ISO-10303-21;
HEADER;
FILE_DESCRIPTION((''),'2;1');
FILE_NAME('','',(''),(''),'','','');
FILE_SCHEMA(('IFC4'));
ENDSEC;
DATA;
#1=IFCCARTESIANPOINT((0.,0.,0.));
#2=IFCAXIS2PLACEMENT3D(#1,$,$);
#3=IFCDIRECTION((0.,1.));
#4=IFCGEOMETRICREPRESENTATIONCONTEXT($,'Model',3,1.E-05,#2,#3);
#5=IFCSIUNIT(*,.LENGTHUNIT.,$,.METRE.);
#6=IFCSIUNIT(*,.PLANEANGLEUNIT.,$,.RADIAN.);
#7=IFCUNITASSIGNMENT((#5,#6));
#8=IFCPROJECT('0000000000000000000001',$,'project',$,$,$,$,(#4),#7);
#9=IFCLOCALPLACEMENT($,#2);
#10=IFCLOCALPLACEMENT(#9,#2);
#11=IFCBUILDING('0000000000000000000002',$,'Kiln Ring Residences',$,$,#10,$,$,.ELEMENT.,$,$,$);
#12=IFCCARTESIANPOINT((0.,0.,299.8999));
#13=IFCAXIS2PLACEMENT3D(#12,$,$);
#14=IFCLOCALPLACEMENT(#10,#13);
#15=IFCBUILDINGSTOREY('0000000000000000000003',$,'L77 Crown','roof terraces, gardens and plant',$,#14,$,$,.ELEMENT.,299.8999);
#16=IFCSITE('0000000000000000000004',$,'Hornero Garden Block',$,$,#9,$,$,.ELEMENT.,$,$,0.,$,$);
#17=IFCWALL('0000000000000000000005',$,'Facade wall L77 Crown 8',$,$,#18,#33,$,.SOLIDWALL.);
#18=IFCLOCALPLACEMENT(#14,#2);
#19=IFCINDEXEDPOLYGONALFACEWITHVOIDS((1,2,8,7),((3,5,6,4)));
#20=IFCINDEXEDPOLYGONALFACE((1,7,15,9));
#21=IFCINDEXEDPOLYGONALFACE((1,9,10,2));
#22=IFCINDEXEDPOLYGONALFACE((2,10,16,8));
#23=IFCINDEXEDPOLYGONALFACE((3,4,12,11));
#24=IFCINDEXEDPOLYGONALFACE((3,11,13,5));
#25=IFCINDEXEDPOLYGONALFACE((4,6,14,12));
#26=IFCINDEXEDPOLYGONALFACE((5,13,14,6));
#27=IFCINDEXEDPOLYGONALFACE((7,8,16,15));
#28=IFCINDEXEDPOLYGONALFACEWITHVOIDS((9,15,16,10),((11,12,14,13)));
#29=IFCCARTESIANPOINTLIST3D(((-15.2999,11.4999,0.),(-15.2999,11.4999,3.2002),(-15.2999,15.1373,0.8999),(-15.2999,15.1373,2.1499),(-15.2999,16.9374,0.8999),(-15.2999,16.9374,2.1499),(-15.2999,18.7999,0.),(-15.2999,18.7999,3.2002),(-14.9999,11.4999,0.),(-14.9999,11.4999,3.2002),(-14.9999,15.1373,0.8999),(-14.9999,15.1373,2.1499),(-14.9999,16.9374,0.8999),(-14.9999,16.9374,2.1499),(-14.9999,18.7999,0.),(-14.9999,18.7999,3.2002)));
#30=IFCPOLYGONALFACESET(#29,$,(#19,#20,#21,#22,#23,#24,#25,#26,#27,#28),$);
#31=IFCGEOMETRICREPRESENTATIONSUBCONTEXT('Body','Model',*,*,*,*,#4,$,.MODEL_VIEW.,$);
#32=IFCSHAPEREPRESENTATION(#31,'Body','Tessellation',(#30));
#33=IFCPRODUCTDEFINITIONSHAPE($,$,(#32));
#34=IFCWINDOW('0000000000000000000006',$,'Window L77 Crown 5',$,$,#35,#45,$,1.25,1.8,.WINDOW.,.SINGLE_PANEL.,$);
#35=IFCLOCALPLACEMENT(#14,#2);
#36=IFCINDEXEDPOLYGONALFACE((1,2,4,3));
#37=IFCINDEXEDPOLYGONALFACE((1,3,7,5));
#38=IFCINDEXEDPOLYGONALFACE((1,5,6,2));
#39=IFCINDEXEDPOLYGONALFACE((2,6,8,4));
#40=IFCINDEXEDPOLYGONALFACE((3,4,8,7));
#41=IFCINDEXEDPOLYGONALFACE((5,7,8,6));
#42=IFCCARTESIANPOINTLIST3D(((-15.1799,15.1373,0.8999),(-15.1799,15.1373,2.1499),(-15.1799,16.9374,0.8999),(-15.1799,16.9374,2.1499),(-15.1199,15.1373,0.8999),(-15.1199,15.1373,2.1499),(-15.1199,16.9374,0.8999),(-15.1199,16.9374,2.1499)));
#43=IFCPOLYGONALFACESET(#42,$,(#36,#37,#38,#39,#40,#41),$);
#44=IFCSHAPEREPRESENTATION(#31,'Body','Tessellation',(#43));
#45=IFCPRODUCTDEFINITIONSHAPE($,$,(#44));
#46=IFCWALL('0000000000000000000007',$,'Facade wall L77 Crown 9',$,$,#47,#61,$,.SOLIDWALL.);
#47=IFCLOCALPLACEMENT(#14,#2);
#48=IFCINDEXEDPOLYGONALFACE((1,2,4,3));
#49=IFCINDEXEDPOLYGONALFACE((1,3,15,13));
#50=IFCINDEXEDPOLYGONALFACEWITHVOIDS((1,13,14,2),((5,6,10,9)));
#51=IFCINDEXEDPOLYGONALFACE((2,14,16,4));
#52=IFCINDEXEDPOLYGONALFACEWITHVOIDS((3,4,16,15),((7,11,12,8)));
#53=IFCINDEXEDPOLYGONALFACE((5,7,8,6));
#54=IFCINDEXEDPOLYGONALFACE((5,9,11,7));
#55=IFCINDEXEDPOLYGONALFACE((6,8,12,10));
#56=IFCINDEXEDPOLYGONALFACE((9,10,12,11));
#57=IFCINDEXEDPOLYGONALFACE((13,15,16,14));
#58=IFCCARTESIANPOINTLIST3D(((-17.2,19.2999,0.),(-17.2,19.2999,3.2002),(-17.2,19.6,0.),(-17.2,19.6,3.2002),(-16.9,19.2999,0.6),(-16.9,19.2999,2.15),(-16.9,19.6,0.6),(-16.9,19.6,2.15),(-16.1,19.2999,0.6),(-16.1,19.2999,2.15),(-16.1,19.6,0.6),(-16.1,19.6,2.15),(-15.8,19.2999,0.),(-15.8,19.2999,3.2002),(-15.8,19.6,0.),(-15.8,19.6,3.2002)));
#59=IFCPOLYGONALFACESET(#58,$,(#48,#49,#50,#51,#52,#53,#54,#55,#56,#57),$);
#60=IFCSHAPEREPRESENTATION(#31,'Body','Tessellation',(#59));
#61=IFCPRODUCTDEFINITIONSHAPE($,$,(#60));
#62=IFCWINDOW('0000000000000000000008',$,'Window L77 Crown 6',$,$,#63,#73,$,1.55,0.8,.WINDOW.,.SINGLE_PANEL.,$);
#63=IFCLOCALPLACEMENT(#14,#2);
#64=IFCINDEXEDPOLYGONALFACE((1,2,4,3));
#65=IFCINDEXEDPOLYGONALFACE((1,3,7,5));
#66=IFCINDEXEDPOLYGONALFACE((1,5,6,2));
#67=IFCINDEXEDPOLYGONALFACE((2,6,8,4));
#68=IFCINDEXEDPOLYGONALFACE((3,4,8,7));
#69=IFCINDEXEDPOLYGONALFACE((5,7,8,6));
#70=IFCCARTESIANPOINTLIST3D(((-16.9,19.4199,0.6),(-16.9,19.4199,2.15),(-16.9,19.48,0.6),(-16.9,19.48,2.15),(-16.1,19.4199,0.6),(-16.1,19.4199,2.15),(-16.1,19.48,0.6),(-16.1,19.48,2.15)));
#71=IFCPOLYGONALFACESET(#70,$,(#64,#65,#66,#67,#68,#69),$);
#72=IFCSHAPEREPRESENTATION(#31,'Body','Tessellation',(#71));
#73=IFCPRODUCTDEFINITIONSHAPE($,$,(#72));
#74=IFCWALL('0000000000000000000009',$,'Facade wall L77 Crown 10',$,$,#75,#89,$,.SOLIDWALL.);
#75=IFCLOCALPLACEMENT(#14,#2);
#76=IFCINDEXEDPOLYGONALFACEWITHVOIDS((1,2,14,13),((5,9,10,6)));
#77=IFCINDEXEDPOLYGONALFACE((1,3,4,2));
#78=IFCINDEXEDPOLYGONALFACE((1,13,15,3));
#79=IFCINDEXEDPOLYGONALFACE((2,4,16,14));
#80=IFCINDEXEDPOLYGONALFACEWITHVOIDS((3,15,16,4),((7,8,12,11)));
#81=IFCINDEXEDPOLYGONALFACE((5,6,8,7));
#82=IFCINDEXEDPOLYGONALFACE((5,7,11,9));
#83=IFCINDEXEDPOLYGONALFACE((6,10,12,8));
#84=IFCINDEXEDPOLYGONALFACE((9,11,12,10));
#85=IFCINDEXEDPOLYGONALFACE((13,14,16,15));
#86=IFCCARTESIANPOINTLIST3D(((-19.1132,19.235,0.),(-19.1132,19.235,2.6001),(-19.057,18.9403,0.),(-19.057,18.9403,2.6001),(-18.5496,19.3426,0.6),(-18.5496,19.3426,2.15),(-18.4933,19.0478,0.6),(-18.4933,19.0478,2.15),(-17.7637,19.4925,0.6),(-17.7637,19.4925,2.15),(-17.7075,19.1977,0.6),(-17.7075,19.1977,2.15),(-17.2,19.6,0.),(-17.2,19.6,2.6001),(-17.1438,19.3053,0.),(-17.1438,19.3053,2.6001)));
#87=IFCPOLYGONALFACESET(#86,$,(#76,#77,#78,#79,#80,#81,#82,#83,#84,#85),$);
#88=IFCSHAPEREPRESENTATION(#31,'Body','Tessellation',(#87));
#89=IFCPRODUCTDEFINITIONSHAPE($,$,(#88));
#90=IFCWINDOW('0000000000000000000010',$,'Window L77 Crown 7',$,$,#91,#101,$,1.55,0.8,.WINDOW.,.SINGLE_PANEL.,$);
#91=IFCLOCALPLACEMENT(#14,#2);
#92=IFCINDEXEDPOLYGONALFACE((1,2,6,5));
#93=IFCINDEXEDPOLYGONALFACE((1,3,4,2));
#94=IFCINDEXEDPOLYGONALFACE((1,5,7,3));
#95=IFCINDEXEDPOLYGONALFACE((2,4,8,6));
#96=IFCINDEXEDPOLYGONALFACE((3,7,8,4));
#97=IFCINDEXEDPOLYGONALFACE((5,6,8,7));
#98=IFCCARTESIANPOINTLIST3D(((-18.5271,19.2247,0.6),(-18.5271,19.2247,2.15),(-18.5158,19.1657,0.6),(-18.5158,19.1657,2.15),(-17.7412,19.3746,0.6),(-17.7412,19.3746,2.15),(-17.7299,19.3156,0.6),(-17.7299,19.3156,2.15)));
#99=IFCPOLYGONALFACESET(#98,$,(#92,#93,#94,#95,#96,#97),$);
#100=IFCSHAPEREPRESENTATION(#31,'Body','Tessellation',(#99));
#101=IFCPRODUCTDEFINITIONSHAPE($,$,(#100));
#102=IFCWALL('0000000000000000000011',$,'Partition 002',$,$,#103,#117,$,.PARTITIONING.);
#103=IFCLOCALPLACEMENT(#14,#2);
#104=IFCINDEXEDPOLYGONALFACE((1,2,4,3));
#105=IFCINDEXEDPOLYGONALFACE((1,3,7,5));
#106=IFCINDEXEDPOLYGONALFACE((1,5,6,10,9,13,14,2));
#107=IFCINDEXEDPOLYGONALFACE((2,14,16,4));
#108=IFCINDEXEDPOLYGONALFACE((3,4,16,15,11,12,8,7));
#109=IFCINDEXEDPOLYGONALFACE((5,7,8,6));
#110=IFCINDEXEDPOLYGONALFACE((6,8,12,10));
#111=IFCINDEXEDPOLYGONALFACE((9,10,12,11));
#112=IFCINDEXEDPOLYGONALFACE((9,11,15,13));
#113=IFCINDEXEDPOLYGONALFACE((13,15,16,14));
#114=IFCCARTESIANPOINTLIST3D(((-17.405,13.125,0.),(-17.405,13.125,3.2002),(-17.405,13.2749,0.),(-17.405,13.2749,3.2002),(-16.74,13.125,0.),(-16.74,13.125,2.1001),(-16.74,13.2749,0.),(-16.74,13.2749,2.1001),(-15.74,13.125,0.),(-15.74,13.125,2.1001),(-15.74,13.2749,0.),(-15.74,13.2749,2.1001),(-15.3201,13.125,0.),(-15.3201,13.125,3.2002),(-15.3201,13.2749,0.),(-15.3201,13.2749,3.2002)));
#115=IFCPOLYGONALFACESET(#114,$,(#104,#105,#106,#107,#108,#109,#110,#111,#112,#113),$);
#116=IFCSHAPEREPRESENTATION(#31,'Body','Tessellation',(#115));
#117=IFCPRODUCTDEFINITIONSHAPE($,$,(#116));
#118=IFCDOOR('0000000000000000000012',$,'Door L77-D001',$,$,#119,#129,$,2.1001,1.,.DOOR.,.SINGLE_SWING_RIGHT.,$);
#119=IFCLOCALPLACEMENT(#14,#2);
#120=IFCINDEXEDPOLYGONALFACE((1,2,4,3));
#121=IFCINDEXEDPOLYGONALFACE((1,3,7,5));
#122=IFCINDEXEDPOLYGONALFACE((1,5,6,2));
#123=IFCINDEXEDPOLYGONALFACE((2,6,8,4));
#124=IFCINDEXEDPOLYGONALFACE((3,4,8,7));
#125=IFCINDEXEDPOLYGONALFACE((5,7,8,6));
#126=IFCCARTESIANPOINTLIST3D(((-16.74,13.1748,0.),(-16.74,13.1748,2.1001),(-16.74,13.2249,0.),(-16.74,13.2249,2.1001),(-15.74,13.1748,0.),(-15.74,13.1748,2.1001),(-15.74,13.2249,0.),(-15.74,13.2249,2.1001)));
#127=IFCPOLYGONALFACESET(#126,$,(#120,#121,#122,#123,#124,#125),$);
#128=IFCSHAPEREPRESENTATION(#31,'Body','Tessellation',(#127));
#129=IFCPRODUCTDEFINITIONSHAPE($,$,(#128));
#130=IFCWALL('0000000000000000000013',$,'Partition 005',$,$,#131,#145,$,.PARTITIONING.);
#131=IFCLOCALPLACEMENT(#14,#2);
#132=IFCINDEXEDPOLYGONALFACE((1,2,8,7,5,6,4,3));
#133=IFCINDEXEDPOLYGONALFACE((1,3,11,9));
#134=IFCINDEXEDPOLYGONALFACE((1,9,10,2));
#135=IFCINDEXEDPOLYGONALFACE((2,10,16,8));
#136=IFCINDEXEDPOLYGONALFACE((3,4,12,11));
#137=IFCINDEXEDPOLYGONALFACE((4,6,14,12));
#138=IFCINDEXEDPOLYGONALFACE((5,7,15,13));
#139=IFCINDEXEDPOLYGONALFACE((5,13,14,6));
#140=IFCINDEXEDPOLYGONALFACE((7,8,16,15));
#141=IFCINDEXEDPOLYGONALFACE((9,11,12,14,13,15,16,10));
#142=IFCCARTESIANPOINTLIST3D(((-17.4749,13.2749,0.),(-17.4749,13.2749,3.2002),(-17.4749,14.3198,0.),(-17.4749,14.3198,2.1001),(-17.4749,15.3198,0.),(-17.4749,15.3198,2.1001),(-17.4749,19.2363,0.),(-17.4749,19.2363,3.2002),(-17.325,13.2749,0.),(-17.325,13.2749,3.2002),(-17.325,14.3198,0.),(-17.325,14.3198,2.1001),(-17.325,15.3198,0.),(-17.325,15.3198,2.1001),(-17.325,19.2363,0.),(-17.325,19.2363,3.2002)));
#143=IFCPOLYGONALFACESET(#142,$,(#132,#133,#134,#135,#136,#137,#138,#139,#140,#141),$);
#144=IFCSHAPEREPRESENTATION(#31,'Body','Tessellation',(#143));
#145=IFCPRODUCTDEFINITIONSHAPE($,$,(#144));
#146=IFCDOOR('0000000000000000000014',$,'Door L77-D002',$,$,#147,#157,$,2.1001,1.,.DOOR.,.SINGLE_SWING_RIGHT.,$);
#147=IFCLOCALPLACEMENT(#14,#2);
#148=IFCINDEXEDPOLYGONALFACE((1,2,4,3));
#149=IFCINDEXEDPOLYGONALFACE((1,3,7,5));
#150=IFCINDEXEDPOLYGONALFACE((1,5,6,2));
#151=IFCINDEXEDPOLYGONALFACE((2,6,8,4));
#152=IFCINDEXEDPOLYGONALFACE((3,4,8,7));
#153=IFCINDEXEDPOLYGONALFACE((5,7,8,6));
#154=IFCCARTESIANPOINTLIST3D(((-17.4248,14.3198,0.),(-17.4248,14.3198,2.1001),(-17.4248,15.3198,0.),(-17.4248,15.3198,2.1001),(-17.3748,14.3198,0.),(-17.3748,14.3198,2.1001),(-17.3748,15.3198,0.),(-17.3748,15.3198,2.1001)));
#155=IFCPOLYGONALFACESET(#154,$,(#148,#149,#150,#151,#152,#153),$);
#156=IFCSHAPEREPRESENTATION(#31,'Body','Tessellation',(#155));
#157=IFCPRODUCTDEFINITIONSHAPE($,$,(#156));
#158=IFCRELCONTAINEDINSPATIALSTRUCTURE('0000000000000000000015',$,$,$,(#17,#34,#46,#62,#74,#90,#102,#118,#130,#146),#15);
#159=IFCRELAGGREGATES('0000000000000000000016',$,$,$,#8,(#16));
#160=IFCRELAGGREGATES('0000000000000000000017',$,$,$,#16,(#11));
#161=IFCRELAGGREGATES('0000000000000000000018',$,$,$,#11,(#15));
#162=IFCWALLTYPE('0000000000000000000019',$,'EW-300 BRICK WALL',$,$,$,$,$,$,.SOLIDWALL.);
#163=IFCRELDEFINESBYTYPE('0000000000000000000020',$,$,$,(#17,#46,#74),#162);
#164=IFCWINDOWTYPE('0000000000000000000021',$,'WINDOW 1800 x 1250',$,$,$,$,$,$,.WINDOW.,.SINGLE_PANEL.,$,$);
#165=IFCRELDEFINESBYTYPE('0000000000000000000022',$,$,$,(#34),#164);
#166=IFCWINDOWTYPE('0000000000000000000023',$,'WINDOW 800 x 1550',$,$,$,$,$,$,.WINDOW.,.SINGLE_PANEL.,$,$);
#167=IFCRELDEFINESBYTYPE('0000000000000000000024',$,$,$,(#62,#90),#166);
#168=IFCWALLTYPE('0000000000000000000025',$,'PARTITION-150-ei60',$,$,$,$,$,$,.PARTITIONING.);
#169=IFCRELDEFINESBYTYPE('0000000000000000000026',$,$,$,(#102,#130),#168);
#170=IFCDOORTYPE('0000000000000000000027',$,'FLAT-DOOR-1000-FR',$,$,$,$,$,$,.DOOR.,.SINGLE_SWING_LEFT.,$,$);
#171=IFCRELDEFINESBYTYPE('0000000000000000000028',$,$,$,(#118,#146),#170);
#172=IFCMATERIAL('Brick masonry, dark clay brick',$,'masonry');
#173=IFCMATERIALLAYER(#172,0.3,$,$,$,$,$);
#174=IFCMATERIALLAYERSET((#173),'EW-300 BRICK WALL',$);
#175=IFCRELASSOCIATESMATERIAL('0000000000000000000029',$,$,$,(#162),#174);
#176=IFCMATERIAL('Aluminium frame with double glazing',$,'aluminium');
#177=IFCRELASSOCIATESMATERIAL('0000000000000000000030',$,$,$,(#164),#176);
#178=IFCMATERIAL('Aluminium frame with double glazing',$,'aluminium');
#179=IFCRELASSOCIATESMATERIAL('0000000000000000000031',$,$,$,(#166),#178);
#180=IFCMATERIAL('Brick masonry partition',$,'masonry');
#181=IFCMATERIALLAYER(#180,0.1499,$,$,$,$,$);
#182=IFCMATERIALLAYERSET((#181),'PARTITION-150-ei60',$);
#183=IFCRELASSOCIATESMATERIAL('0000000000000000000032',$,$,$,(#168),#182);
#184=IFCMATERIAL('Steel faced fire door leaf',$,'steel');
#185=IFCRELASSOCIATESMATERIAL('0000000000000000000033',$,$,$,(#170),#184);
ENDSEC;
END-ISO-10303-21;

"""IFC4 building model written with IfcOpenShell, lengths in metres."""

from ifc_helpers import new_model, si_unit, direction, frame, frame_2d, origin, place, context, subcontext, project, spatial, rectangle, extrude, material, layer, layer_set, type_object, element, fill, save


model = new_model("IFC4")

# Units and contexts
model_context = context("Model", 3, precision=1e-05, world=origin(), true_north=direction((0.0, 1.0)))
body_context = subcontext(model_context, "Body", "Model", "MODEL_VIEW")
ifc_project = project(units=[si_unit("LENGTHUNIT", "METRE"), si_unit("PLANEANGLEUNIT", "RADIAN")], contexts=[model_context])

# Site, building, storey
site_placement = place(None, origin())
site = spatial("IfcSite", under=ifc_project, at=site_placement, Name="Hornero Garden Block", CompositionType="ELEMENT", RefElevation=0.0)
building_placement = place(site_placement, origin())
building = spatial("IfcBuilding", under=site, at=building_placement, Name="Kiln Ring Residences", CompositionType="ELEMENT")
storey_placement = place(building_placement, frame((0.0, 0.0, 299.8999)))
storey = spatial("IfcBuildingStorey", under=building, at=storey_placement, Name="L77 Crown", Description="roof terraces, gardens and plant", CompositionType="ELEMENT", Elevation=299.8999)

# Shared definitions
ifc_material_1 = material(Name="Brick masonry, dark clay brick", Category="masonry")
ifc_layer_1 = layer(ifc_material_1, 0.3)
ifc_layer_set_1 = layer_set([ifc_layer_1], Name="EW-300 BRICK WALL")
wall_type_1 = type_object("IfcWallType", Name="EW-300 BRICK WALL", PredefinedType="SOLIDWALL", material=ifc_layer_set_1)

# Walls, openings, windows
wall_1_placement = place(storey_placement, frame((-15.1499, 11.5, 0.0), z_axis=(0.0, 0.0, 1.0), x_axis=(0.0, 1.0, 0.0)))
wall_1 = element("IfcWall", 1, at=wall_1_placement, inside=storey, type_object=wall_type_1, Name="Facade wall L77 Crown 8", PredefinedType="SOLIDWALL", context=body_context, shape_type="SweptSolid", body=[
    extrude(rectangle(XDim=7.3, YDim=0.3, at=frame_2d((3.6499, 0.0))), origin(), (0.0, 0.0, 1.0), 3.2002),
])
opening_1_placement = place(wall_1_placement, frame((3.6375, 0.0, 0.8999)))
opening_1 = element("IfcOpeningElement", 2, at=opening_1_placement, cuts=wall_1, PredefinedType="OPENING", context=body_context, shape_type="SweptSolid", body=[
    extrude(rectangle(XDim=1.8, YDim=1.25, at=frame_2d((0.8999, 0.625))), frame((0.0, 0.1599, 0.0), z_axis=(0.0, -1.0, 0.0), x_axis=(1.0, 0.0, 0.0)), (0.0, 0.0, 1.0), 0.3201),
])
ifc_material_2 = material(Name="Aluminium frame with double glazing", Category="aluminium")
window_type_1 = type_object("IfcWindowType", Name="WINDOW 1800 x 1250", PartitioningType="SINGLE_PANEL", PredefinedType="WINDOW", material=ifc_material_2)
window_1_placement = place(opening_1_placement, origin())
window_1 = element("IfcWindow", 3, at=window_1_placement, inside=storey, type_object=window_type_1, Name="Window L77 Crown 5", OverallHeight=1.25, OverallWidth=1.8, PartitioningType="SINGLE_PANEL", PredefinedType="WINDOW", context=body_context, shape_type="SweptSolid", body=[
    extrude(rectangle(XDim=1.8, YDim=1.25, at=frame_2d((0.8999, 0.625))), frame((0.0, 0.03, 0.0), z_axis=(0.0, -1.0, 0.0), x_axis=(1.0, 0.0, 0.0)), (0.0, 0.0, 1.0), 0.0601),
])
fill(opening_1, window_1)
wall_2_placement = place(storey_placement, frame((-15.8, 19.45, 0.0), z_axis=(0.0, 0.0, 1.0), x_axis=(-1.0, 0.0, 0.0)))
wall_2 = element("IfcWall", 4, at=wall_2_placement, inside=storey, type_object=wall_type_1, Name="Facade wall L77 Crown 9", PredefinedType="SOLIDWALL", context=body_context, shape_type="SweptSolid", body=[
    extrude(rectangle(XDim=1.3999, YDim=0.3, at=frame_2d((0.7, 0.0))), origin(), (0.0, 0.0, 1.0), 3.2002),
])
opening_2_placement = place(wall_2_placement, frame((0.3, 0.0, 0.6001)))
opening_2 = element("IfcOpeningElement", 5, at=opening_2_placement, cuts=wall_2, PredefinedType="OPENING", context=body_context, shape_type="SweptSolid", body=[
    extrude(rectangle(XDim=0.8, YDim=1.55, at=frame_2d((0.3999, 0.7749))), frame((0.0, 0.1599, 0.0), z_axis=(0.0, -1.0, 0.0), x_axis=(1.0, 0.0, 0.0)), (0.0, 0.0, 1.0), 0.3201),
])
ifc_material_3 = material(Name="Aluminium frame with double glazing", Category="aluminium")
window_type_2 = type_object("IfcWindowType", Name="WINDOW 800 x 1550", PartitioningType="SINGLE_PANEL", PredefinedType="WINDOW", material=ifc_material_3)
window_2_placement = place(opening_2_placement, origin())
window_2 = element("IfcWindow", 6, at=window_2_placement, inside=storey, type_object=window_type_2, Name="Window L77 Crown 6", OverallHeight=1.55, OverallWidth=0.8, PartitioningType="SINGLE_PANEL", PredefinedType="WINDOW", context=body_context, shape_type="SweptSolid", body=[
    extrude(rectangle(XDim=0.8, YDim=1.55, at=frame_2d((0.3999, 0.7749))), frame((0.0, 0.03, 0.0), z_axis=(0.0, -1.0, 0.0), x_axis=(1.0, 0.0, 0.0)), (0.0, 0.0, 1.0), 0.0601),
])
fill(opening_2, window_2)
wall_3_placement = place(storey_placement, frame((-17.1719, 19.4526, 0.0), z_axis=(0.0, 0.0, 1.0), x_axis=(-0.982287, -0.187383, 0.0)))
wall_3 = element("IfcWall", 7, at=wall_3_placement, inside=storey, type_object=wall_type_1, Name="Facade wall L77 Crown 10", PredefinedType="SOLIDWALL", context=body_context, shape_type="SweptSolid", body=[
    extrude(rectangle(XDim=1.9478, YDim=0.3, at=frame_2d((0.9739, 0.0))), origin(), (0.0, 0.0, 1.0), 2.6001),
])
opening_3_placement = place(wall_3_placement, frame((0.574, 0.0, 0.6001)))
opening_3 = element("IfcOpeningElement", 8, at=opening_3_placement, cuts=wall_3, PredefinedType="OPENING", context=body_context, shape_type="SweptSolid", body=[
    extrude(rectangle(XDim=0.8, YDim=1.55, at=frame_2d((0.3999, 0.7749))), frame((0.0, 0.1599, 0.0), z_axis=(0.0, -1.0, 0.0), x_axis=(1.0, 0.0, 0.0)), (0.0, 0.0, 1.0), 0.3201),
])
window_3_placement = place(opening_3_placement, origin())
window_3 = element("IfcWindow", 9, at=window_3_placement, inside=storey, type_object=window_type_2, Name="Window L77 Crown 7", OverallHeight=1.55, OverallWidth=0.8, PartitioningType="SINGLE_PANEL", PredefinedType="WINDOW", context=body_context, shape_type="SweptSolid", body=[
    extrude(rectangle(XDim=0.8, YDim=1.55, at=frame_2d((0.3999, 0.7749))), frame((0.0, 0.03, 0.0), z_axis=(0.0, -1.0, 0.0), x_axis=(1.0, 0.0, 0.0)), (0.0, 0.0, 1.0), 0.0601),
])
fill(opening_3, window_3)

# Walls, openings, doors
ifc_material_4 = material(Name="Brick masonry partition", Category="masonry")
ifc_layer_2 = layer(ifc_material_4, 0.1499)
ifc_layer_set_2 = layer_set([ifc_layer_2], Name="PARTITION-150-ei60")
wall_type_2 = type_object("IfcWallType", Name="PARTITION-150-ei60", PredefinedType="PARTITIONING", material=ifc_layer_set_2)
wall_4_placement = place(storey_placement, frame((-17.405, 13.2, 0.0), z_axis=(0.0, 0.0, 1.0), x_axis=(1.0, 0.0, 0.0)))
wall_4 = element("IfcWall", 10, at=wall_4_placement, inside=storey, type_object=wall_type_2, Name="Partition 002", PredefinedType="PARTITIONING", context=body_context, shape_type="SweptSolid", body=[
    extrude(rectangle(XDim=2.085, YDim=0.1499, at=frame_2d((1.0425, 0.0))), origin(), (0.0, 0.0, 1.0), 3.2002),
])
opening_4_placement = place(wall_4_placement, frame((0.665, 0.0, 0.0)))
opening_4 = element("IfcOpeningElement", 11, at=opening_4_placement, cuts=wall_4, PredefinedType="OPENING", context=body_context, shape_type="SweptSolid", body=[
    extrude(rectangle(XDim=1.0, YDim=2.1001, at=frame_2d((0.5, 1.05))), frame((0.0, 0.085, 0.0), z_axis=(0.0, -1.0, 0.0), x_axis=(1.0, 0.0, 0.0)), (0.0, 0.0, 1.0), 0.1699),
])
ifc_material_5 = material(Name="Steel faced fire door leaf", Category="steel")
door_type_1 = type_object("IfcDoorType", Name="FLAT-DOOR-1000-FR", OperationType="SINGLE_SWING_LEFT", PredefinedType="DOOR", material=ifc_material_5)
door_1_placement = place(opening_4_placement, origin())
door_1 = element("IfcDoor", 12, at=door_1_placement, inside=storey, type_object=door_type_1, Name="Door L77-D001", OperationType="SINGLE_SWING_RIGHT", OverallHeight=2.1001, OverallWidth=1.0, PredefinedType="DOOR", context=body_context, shape_type="SweptSolid", body=[
    extrude(rectangle(XDim=1.0, YDim=2.1001, at=frame_2d((0.5, 1.05))), frame((0.0, 0.0249, 0.0), z_axis=(0.0, -1.0, 0.0), x_axis=(1.0, 0.0, 0.0)), (0.0, 0.0, 1.0), 0.05),
])
fill(opening_4, door_1)
wall_5_placement = place(storey_placement, frame((-17.3999, 13.2749, 0.0), z_axis=(0.0, 0.0, 1.0), x_axis=(0.0, 1.0, 0.0)))
wall_5 = element("IfcWall", 13, at=wall_5_placement, inside=storey, type_object=wall_type_2, Name="Partition 005", PredefinedType="PARTITIONING", context=body_context, shape_type="SweptSolid", body=[
    extrude(rectangle(XDim=5.9614, YDim=0.1499, at=frame_2d((2.9807, 0.0))), origin(), (0.0, 0.0, 1.0), 3.2002),
])
opening_5_placement = place(wall_5_placement, frame((1.0449, 0.0, 0.0)))
opening_5 = element("IfcOpeningElement", 14, at=opening_5_placement, cuts=wall_5, PredefinedType="OPENING", context=body_context, shape_type="SweptSolid", body=[
    extrude(rectangle(XDim=1.0, YDim=2.1001, at=frame_2d((0.5, 1.05))), frame((0.0, 0.085, 0.0), z_axis=(0.0, -1.0, 0.0), x_axis=(1.0, 0.0, 0.0)), (0.0, 0.0, 1.0), 0.1699),
])
door_2_placement = place(opening_5_placement, origin())
door_2 = element("IfcDoor", 15, at=door_2_placement, inside=storey, type_object=door_type_1, Name="Door L77-D002", OperationType="SINGLE_SWING_RIGHT", OverallHeight=2.1001, OverallWidth=1.0, PredefinedType="DOOR", context=body_context, shape_type="SweptSolid", body=[
    extrude(rectangle(XDim=1.0, YDim=2.1001, at=frame_2d((0.5, 1.05))), frame((0.0, 0.0249, 0.0), z_axis=(0.0, -1.0, 0.0), x_axis=(1.0, 0.0, 0.0)), (0.0, 0.0, 1.0), 0.05),
])
fill(opening_5, door_2)

save(model, "model.ifc")
